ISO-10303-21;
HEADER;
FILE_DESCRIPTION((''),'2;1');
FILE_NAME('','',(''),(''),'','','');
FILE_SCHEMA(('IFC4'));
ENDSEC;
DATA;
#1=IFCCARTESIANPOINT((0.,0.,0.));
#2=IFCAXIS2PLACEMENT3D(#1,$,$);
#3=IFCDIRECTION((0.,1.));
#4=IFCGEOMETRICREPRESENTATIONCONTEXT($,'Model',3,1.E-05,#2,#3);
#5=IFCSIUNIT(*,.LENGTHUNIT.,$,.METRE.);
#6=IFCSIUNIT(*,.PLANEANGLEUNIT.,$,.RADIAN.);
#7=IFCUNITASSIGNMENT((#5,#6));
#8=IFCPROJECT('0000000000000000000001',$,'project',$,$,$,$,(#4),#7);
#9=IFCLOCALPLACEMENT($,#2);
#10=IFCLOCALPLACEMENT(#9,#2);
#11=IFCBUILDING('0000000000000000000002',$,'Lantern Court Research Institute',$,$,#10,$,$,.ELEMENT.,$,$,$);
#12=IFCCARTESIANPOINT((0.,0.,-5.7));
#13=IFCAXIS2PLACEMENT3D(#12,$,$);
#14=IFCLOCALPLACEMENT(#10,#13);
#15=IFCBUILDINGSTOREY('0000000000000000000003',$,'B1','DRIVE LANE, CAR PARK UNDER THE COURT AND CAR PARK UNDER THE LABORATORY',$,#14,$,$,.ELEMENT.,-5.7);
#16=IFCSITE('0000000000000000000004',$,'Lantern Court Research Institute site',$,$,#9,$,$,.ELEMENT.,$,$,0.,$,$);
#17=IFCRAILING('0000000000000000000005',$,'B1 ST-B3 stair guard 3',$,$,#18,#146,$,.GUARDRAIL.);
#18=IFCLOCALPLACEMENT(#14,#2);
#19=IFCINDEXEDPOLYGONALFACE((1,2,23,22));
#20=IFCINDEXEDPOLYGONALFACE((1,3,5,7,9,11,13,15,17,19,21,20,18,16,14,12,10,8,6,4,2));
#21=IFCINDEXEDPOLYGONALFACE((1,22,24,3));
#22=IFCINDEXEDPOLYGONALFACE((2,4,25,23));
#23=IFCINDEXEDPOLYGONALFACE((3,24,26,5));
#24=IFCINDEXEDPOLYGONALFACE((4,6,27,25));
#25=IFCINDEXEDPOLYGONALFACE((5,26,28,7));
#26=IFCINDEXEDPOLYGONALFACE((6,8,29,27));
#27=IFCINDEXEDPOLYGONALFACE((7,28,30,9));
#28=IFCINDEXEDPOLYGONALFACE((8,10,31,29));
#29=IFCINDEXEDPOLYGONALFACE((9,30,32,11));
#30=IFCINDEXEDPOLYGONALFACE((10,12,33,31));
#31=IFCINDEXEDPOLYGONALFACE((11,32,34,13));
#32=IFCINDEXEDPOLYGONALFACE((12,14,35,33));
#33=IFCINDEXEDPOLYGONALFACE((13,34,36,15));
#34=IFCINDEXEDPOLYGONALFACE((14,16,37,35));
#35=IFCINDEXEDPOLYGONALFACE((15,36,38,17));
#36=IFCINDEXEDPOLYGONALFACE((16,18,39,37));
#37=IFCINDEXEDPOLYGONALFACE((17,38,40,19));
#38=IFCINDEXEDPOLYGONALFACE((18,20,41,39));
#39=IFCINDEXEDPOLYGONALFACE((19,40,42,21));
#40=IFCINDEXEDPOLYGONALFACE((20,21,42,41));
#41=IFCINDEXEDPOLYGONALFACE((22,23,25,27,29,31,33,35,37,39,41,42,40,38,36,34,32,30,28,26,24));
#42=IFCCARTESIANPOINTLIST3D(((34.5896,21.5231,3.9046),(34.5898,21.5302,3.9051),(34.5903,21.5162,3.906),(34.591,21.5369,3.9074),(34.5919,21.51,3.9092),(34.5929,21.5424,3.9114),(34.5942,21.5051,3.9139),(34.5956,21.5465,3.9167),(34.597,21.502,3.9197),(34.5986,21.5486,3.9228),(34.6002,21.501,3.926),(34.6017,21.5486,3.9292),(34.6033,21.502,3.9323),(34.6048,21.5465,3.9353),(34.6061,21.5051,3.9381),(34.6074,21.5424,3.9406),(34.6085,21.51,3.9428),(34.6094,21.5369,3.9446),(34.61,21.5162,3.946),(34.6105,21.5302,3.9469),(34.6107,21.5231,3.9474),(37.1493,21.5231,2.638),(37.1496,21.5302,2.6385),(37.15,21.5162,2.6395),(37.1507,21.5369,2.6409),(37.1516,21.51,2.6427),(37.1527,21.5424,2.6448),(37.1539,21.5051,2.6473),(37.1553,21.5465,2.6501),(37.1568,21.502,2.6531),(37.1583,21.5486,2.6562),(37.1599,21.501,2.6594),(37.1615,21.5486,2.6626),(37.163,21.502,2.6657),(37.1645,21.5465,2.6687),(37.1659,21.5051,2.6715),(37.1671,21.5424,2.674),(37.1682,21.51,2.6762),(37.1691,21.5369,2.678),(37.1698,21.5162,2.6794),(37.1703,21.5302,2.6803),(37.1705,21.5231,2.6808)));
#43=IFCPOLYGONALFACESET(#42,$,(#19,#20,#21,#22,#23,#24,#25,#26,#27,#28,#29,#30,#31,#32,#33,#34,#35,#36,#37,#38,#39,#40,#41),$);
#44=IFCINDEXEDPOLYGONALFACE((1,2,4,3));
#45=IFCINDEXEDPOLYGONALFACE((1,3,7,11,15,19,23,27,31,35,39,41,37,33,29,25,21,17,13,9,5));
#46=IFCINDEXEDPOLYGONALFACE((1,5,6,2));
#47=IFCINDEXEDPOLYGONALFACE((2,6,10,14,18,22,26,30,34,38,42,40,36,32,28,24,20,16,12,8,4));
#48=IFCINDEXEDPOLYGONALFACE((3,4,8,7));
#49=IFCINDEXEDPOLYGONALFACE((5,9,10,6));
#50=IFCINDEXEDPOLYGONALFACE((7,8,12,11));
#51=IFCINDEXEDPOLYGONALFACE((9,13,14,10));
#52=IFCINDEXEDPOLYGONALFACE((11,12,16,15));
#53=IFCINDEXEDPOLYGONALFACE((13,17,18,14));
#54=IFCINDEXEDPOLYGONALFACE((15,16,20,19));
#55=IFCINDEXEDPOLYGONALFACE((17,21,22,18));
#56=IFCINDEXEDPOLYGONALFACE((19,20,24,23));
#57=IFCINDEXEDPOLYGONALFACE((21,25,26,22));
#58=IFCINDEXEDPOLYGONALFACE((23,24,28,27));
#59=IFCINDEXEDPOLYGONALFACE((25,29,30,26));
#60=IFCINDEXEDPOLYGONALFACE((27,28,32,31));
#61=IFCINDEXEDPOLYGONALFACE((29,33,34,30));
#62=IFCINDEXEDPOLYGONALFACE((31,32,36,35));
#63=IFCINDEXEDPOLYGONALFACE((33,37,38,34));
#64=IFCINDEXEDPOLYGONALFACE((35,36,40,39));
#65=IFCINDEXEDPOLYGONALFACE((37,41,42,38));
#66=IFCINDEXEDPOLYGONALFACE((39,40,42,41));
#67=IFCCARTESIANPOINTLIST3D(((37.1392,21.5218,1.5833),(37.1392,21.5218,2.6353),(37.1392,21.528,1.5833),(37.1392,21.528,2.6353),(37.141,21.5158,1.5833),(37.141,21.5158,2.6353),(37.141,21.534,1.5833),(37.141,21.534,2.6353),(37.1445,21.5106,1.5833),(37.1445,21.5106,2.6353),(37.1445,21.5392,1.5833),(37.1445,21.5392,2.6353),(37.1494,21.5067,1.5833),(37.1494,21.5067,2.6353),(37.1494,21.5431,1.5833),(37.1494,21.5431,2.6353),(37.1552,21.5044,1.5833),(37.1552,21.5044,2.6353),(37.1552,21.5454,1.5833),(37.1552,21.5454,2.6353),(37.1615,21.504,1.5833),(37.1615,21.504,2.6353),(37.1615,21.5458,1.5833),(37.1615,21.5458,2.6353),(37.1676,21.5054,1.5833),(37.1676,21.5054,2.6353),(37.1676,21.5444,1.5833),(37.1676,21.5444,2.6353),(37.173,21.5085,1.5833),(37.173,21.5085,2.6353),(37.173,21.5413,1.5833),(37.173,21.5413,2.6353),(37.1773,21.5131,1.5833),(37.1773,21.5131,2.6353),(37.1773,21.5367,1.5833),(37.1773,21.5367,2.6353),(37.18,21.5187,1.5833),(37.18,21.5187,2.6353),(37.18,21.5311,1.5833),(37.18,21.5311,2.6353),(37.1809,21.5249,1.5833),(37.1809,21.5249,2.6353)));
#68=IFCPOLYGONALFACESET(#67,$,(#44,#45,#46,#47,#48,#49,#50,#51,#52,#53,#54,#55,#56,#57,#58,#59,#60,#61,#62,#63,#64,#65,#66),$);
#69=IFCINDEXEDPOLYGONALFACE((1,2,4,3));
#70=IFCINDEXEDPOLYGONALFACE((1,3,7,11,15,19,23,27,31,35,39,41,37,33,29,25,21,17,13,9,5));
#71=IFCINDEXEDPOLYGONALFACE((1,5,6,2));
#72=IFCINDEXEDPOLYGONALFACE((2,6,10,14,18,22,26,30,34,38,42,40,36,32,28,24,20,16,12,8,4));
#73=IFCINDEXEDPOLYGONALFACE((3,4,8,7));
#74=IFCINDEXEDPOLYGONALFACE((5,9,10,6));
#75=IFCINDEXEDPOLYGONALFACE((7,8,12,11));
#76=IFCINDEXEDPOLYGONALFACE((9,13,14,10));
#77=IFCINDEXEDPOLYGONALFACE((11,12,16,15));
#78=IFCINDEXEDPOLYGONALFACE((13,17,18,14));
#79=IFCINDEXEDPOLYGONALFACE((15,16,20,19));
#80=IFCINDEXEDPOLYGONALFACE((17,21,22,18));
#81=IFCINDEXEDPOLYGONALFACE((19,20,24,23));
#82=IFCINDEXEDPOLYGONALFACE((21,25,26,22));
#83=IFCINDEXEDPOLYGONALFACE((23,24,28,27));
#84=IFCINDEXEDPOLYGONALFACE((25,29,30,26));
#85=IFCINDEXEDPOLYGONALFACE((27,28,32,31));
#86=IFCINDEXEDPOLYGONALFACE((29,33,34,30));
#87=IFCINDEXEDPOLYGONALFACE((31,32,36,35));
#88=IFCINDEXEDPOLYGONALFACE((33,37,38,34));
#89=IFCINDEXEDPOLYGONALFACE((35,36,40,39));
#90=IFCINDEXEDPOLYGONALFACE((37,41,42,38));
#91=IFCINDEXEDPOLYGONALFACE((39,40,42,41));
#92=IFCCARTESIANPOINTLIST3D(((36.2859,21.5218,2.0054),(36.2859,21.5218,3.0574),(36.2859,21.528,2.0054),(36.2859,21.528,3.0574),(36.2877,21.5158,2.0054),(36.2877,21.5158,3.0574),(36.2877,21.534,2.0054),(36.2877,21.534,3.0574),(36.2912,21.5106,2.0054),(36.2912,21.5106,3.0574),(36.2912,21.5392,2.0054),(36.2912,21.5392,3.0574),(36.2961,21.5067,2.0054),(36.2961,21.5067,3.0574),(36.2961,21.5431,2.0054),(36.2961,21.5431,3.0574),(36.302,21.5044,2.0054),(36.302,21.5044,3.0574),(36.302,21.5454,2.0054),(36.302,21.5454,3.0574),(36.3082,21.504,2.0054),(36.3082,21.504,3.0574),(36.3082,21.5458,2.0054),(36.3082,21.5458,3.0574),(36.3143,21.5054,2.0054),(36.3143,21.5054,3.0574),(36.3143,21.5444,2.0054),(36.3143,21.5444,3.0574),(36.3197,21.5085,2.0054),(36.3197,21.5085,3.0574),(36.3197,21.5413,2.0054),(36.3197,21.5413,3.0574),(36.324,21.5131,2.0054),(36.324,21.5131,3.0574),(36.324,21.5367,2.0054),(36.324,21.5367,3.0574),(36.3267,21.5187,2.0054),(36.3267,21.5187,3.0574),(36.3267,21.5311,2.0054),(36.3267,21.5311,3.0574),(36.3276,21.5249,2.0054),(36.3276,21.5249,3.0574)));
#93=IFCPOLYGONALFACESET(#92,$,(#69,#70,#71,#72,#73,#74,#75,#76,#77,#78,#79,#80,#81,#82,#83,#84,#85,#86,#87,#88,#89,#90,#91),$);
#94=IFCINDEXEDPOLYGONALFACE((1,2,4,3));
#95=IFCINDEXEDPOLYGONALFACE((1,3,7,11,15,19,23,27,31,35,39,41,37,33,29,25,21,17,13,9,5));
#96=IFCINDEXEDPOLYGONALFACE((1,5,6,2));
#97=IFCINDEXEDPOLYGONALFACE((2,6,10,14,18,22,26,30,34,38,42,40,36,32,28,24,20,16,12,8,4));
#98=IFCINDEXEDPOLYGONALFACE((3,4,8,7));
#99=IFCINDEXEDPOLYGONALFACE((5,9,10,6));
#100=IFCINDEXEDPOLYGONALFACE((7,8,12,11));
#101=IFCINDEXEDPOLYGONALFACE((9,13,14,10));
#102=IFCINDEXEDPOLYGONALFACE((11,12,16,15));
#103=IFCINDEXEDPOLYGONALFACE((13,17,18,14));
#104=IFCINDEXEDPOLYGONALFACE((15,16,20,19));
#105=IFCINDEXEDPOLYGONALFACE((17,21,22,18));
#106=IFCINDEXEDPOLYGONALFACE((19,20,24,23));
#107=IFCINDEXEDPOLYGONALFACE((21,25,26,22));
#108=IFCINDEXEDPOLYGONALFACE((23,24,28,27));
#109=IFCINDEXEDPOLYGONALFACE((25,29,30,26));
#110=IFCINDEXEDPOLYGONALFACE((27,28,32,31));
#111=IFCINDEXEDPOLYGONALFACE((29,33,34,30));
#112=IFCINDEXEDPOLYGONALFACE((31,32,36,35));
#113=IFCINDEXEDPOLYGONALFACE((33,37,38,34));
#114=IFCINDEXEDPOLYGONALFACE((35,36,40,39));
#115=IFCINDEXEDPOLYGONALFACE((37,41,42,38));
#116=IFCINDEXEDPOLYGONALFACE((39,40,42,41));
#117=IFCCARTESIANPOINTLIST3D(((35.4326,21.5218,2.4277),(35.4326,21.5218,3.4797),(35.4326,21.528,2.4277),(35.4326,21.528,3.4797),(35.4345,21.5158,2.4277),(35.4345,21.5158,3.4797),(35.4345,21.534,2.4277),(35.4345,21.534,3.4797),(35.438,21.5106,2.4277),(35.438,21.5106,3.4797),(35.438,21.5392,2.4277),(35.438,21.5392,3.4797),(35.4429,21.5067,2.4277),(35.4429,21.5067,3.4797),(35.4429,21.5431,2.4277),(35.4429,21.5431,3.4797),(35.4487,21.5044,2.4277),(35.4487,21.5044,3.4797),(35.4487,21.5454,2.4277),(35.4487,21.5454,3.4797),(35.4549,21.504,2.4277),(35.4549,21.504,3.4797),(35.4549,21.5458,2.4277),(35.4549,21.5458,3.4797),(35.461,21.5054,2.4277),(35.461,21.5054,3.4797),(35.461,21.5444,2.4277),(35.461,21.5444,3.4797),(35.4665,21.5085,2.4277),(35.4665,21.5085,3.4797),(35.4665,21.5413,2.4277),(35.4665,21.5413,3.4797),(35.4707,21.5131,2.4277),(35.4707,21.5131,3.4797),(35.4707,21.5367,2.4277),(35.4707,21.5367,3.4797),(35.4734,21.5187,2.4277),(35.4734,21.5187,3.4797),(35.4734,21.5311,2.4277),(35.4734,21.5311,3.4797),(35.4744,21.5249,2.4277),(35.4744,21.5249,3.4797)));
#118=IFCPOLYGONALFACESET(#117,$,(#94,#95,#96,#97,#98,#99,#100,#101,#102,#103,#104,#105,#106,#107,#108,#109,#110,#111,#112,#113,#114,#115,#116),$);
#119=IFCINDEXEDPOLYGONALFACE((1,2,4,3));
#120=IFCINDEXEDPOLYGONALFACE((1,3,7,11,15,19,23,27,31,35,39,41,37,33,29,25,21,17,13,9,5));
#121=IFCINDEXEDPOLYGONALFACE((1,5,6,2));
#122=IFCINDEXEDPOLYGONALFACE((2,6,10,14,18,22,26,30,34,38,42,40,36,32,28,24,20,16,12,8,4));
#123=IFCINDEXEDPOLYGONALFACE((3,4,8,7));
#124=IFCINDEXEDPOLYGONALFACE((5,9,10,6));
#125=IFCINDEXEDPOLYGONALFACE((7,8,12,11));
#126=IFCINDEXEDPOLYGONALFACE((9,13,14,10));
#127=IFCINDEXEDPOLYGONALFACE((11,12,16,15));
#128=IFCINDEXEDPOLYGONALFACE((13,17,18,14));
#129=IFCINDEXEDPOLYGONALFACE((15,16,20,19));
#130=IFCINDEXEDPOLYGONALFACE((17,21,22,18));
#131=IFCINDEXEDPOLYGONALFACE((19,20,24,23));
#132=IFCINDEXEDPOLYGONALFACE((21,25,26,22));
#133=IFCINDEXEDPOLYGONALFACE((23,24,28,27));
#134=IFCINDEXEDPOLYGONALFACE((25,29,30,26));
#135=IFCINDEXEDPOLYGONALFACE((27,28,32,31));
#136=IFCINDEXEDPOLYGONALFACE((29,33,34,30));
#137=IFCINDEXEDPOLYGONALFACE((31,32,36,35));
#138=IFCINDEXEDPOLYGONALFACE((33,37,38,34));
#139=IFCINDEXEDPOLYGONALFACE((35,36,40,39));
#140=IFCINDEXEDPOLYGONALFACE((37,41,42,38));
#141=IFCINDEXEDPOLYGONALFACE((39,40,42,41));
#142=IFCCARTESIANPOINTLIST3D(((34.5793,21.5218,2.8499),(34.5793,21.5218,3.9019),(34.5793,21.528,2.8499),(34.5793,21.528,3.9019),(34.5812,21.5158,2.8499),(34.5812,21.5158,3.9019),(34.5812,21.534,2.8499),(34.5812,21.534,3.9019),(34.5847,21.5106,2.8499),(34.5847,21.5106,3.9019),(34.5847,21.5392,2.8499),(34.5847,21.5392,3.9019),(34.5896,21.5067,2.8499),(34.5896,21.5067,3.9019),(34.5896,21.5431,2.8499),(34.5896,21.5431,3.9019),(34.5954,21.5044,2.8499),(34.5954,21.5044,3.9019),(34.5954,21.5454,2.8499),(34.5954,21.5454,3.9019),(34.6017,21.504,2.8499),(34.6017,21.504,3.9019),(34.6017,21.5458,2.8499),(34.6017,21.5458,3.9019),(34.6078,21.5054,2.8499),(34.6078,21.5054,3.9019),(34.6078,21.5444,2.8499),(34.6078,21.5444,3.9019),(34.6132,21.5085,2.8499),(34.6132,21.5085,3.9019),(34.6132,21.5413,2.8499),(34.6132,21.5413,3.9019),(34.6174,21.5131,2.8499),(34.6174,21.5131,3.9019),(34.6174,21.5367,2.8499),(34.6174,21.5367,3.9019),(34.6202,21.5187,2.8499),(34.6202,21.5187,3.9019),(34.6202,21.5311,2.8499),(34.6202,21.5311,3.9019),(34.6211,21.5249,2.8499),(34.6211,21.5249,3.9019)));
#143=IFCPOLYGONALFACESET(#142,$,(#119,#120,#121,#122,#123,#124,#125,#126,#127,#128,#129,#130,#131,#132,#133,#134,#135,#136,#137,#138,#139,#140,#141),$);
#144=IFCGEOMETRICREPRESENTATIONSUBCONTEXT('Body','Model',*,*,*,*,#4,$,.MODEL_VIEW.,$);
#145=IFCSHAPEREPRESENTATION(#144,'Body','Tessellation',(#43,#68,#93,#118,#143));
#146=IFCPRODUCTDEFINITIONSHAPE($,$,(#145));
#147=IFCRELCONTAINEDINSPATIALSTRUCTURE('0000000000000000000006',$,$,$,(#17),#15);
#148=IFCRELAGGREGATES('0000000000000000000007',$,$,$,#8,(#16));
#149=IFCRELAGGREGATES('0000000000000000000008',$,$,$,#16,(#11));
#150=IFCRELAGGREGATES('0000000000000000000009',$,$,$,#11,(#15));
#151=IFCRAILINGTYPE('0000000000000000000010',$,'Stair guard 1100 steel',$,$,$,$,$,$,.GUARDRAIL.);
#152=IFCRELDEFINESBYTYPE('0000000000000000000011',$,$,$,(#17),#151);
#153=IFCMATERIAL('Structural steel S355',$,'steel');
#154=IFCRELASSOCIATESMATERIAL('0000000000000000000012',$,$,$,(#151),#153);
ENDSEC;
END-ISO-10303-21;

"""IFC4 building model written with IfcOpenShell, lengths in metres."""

from ifc_helpers import new_model, si_unit, direction, frame, origin, origin_2d, place, context, subcontext, project, spatial, circle, extrude, material, type_object, element, save


model = new_model("IFC4")

# Units and contexts
model_context = context("Model", 3, precision=1e-05, world=origin(), true_north=direction((0.0, 1.0)))
body_context = subcontext(model_context, "Body", "Model", "MODEL_VIEW")
ifc_project = project(units=[si_unit("LENGTHUNIT", "METRE"), si_unit("PLANEANGLEUNIT", "RADIAN")], contexts=[model_context])

# Site, building, storey
site_placement = place(None, origin())
site = spatial("IfcSite", under=ifc_project, at=site_placement, Name="Lantern Court Research Institute site", CompositionType="ELEMENT", RefElevation=0.0)
building_placement = place(site_placement, origin())
building = spatial("IfcBuilding", under=site, at=building_placement, Name="Lantern Court Research Institute", CompositionType="ELEMENT")
storey_placement = place(building_placement, frame((0.0, 0.0, -5.7)))
storey = spatial("IfcBuildingStorey", under=building, at=storey_placement, Name="B1", Description="DRIVE LANE, CAR PARK UNDER THE COURT AND CAR PARK UNDER THE LABORATORY", CompositionType="ELEMENT", Elevation=-5.7)

# Railing
ifc_material_1 = material(Name="Structural steel S355", Category="steel")
railing_type_1 = type_object("IfcRailingType", Name="Stair guard 1100 steel", PredefinedType="GUARDRAIL", material=ifc_material_1)
railing_1_placement = place(storey_placement, frame((37.1599, 21.5249, 1.5833)))
element("IfcRailing", 1, at=railing_1_placement, inside=storey, type_object=railing_type_1, Name="B1 ST-B3 stair guard 3", PredefinedType="GUARDRAIL", context=body_context, shape_type="SweptSolid", body=[
    extrude(circle(Radius=0.0239, at=origin_2d()), frame((0.0, 0.0, 1.0762), z_axis=(-0.896283, 0.0, 0.443483), x_axis=(0.0, -1.0, 0.0)), (0.0, 0.0, 1.0), 2.856),
    extrude(circle(Radius=0.021, at=origin_2d()), origin(), (0.0, 0.0, 1.0), 1.052),
    extrude(circle(Radius=0.021, at=origin_2d()), frame((-0.8533, 0.0, 0.4221)), (0.0, 0.0, 1.0), 1.052),
    extrude(circle(Radius=0.021, at=origin_2d()), frame((-1.7065, 0.0, 0.8445)), (0.0, 0.0, 1.0), 1.052),
    extrude(circle(Radius=0.021, at=origin_2d()), frame((-2.5598, 0.0, 1.2666)), (0.0, 0.0, 1.0), 1.052),
])

save(model, "model.ifc")
